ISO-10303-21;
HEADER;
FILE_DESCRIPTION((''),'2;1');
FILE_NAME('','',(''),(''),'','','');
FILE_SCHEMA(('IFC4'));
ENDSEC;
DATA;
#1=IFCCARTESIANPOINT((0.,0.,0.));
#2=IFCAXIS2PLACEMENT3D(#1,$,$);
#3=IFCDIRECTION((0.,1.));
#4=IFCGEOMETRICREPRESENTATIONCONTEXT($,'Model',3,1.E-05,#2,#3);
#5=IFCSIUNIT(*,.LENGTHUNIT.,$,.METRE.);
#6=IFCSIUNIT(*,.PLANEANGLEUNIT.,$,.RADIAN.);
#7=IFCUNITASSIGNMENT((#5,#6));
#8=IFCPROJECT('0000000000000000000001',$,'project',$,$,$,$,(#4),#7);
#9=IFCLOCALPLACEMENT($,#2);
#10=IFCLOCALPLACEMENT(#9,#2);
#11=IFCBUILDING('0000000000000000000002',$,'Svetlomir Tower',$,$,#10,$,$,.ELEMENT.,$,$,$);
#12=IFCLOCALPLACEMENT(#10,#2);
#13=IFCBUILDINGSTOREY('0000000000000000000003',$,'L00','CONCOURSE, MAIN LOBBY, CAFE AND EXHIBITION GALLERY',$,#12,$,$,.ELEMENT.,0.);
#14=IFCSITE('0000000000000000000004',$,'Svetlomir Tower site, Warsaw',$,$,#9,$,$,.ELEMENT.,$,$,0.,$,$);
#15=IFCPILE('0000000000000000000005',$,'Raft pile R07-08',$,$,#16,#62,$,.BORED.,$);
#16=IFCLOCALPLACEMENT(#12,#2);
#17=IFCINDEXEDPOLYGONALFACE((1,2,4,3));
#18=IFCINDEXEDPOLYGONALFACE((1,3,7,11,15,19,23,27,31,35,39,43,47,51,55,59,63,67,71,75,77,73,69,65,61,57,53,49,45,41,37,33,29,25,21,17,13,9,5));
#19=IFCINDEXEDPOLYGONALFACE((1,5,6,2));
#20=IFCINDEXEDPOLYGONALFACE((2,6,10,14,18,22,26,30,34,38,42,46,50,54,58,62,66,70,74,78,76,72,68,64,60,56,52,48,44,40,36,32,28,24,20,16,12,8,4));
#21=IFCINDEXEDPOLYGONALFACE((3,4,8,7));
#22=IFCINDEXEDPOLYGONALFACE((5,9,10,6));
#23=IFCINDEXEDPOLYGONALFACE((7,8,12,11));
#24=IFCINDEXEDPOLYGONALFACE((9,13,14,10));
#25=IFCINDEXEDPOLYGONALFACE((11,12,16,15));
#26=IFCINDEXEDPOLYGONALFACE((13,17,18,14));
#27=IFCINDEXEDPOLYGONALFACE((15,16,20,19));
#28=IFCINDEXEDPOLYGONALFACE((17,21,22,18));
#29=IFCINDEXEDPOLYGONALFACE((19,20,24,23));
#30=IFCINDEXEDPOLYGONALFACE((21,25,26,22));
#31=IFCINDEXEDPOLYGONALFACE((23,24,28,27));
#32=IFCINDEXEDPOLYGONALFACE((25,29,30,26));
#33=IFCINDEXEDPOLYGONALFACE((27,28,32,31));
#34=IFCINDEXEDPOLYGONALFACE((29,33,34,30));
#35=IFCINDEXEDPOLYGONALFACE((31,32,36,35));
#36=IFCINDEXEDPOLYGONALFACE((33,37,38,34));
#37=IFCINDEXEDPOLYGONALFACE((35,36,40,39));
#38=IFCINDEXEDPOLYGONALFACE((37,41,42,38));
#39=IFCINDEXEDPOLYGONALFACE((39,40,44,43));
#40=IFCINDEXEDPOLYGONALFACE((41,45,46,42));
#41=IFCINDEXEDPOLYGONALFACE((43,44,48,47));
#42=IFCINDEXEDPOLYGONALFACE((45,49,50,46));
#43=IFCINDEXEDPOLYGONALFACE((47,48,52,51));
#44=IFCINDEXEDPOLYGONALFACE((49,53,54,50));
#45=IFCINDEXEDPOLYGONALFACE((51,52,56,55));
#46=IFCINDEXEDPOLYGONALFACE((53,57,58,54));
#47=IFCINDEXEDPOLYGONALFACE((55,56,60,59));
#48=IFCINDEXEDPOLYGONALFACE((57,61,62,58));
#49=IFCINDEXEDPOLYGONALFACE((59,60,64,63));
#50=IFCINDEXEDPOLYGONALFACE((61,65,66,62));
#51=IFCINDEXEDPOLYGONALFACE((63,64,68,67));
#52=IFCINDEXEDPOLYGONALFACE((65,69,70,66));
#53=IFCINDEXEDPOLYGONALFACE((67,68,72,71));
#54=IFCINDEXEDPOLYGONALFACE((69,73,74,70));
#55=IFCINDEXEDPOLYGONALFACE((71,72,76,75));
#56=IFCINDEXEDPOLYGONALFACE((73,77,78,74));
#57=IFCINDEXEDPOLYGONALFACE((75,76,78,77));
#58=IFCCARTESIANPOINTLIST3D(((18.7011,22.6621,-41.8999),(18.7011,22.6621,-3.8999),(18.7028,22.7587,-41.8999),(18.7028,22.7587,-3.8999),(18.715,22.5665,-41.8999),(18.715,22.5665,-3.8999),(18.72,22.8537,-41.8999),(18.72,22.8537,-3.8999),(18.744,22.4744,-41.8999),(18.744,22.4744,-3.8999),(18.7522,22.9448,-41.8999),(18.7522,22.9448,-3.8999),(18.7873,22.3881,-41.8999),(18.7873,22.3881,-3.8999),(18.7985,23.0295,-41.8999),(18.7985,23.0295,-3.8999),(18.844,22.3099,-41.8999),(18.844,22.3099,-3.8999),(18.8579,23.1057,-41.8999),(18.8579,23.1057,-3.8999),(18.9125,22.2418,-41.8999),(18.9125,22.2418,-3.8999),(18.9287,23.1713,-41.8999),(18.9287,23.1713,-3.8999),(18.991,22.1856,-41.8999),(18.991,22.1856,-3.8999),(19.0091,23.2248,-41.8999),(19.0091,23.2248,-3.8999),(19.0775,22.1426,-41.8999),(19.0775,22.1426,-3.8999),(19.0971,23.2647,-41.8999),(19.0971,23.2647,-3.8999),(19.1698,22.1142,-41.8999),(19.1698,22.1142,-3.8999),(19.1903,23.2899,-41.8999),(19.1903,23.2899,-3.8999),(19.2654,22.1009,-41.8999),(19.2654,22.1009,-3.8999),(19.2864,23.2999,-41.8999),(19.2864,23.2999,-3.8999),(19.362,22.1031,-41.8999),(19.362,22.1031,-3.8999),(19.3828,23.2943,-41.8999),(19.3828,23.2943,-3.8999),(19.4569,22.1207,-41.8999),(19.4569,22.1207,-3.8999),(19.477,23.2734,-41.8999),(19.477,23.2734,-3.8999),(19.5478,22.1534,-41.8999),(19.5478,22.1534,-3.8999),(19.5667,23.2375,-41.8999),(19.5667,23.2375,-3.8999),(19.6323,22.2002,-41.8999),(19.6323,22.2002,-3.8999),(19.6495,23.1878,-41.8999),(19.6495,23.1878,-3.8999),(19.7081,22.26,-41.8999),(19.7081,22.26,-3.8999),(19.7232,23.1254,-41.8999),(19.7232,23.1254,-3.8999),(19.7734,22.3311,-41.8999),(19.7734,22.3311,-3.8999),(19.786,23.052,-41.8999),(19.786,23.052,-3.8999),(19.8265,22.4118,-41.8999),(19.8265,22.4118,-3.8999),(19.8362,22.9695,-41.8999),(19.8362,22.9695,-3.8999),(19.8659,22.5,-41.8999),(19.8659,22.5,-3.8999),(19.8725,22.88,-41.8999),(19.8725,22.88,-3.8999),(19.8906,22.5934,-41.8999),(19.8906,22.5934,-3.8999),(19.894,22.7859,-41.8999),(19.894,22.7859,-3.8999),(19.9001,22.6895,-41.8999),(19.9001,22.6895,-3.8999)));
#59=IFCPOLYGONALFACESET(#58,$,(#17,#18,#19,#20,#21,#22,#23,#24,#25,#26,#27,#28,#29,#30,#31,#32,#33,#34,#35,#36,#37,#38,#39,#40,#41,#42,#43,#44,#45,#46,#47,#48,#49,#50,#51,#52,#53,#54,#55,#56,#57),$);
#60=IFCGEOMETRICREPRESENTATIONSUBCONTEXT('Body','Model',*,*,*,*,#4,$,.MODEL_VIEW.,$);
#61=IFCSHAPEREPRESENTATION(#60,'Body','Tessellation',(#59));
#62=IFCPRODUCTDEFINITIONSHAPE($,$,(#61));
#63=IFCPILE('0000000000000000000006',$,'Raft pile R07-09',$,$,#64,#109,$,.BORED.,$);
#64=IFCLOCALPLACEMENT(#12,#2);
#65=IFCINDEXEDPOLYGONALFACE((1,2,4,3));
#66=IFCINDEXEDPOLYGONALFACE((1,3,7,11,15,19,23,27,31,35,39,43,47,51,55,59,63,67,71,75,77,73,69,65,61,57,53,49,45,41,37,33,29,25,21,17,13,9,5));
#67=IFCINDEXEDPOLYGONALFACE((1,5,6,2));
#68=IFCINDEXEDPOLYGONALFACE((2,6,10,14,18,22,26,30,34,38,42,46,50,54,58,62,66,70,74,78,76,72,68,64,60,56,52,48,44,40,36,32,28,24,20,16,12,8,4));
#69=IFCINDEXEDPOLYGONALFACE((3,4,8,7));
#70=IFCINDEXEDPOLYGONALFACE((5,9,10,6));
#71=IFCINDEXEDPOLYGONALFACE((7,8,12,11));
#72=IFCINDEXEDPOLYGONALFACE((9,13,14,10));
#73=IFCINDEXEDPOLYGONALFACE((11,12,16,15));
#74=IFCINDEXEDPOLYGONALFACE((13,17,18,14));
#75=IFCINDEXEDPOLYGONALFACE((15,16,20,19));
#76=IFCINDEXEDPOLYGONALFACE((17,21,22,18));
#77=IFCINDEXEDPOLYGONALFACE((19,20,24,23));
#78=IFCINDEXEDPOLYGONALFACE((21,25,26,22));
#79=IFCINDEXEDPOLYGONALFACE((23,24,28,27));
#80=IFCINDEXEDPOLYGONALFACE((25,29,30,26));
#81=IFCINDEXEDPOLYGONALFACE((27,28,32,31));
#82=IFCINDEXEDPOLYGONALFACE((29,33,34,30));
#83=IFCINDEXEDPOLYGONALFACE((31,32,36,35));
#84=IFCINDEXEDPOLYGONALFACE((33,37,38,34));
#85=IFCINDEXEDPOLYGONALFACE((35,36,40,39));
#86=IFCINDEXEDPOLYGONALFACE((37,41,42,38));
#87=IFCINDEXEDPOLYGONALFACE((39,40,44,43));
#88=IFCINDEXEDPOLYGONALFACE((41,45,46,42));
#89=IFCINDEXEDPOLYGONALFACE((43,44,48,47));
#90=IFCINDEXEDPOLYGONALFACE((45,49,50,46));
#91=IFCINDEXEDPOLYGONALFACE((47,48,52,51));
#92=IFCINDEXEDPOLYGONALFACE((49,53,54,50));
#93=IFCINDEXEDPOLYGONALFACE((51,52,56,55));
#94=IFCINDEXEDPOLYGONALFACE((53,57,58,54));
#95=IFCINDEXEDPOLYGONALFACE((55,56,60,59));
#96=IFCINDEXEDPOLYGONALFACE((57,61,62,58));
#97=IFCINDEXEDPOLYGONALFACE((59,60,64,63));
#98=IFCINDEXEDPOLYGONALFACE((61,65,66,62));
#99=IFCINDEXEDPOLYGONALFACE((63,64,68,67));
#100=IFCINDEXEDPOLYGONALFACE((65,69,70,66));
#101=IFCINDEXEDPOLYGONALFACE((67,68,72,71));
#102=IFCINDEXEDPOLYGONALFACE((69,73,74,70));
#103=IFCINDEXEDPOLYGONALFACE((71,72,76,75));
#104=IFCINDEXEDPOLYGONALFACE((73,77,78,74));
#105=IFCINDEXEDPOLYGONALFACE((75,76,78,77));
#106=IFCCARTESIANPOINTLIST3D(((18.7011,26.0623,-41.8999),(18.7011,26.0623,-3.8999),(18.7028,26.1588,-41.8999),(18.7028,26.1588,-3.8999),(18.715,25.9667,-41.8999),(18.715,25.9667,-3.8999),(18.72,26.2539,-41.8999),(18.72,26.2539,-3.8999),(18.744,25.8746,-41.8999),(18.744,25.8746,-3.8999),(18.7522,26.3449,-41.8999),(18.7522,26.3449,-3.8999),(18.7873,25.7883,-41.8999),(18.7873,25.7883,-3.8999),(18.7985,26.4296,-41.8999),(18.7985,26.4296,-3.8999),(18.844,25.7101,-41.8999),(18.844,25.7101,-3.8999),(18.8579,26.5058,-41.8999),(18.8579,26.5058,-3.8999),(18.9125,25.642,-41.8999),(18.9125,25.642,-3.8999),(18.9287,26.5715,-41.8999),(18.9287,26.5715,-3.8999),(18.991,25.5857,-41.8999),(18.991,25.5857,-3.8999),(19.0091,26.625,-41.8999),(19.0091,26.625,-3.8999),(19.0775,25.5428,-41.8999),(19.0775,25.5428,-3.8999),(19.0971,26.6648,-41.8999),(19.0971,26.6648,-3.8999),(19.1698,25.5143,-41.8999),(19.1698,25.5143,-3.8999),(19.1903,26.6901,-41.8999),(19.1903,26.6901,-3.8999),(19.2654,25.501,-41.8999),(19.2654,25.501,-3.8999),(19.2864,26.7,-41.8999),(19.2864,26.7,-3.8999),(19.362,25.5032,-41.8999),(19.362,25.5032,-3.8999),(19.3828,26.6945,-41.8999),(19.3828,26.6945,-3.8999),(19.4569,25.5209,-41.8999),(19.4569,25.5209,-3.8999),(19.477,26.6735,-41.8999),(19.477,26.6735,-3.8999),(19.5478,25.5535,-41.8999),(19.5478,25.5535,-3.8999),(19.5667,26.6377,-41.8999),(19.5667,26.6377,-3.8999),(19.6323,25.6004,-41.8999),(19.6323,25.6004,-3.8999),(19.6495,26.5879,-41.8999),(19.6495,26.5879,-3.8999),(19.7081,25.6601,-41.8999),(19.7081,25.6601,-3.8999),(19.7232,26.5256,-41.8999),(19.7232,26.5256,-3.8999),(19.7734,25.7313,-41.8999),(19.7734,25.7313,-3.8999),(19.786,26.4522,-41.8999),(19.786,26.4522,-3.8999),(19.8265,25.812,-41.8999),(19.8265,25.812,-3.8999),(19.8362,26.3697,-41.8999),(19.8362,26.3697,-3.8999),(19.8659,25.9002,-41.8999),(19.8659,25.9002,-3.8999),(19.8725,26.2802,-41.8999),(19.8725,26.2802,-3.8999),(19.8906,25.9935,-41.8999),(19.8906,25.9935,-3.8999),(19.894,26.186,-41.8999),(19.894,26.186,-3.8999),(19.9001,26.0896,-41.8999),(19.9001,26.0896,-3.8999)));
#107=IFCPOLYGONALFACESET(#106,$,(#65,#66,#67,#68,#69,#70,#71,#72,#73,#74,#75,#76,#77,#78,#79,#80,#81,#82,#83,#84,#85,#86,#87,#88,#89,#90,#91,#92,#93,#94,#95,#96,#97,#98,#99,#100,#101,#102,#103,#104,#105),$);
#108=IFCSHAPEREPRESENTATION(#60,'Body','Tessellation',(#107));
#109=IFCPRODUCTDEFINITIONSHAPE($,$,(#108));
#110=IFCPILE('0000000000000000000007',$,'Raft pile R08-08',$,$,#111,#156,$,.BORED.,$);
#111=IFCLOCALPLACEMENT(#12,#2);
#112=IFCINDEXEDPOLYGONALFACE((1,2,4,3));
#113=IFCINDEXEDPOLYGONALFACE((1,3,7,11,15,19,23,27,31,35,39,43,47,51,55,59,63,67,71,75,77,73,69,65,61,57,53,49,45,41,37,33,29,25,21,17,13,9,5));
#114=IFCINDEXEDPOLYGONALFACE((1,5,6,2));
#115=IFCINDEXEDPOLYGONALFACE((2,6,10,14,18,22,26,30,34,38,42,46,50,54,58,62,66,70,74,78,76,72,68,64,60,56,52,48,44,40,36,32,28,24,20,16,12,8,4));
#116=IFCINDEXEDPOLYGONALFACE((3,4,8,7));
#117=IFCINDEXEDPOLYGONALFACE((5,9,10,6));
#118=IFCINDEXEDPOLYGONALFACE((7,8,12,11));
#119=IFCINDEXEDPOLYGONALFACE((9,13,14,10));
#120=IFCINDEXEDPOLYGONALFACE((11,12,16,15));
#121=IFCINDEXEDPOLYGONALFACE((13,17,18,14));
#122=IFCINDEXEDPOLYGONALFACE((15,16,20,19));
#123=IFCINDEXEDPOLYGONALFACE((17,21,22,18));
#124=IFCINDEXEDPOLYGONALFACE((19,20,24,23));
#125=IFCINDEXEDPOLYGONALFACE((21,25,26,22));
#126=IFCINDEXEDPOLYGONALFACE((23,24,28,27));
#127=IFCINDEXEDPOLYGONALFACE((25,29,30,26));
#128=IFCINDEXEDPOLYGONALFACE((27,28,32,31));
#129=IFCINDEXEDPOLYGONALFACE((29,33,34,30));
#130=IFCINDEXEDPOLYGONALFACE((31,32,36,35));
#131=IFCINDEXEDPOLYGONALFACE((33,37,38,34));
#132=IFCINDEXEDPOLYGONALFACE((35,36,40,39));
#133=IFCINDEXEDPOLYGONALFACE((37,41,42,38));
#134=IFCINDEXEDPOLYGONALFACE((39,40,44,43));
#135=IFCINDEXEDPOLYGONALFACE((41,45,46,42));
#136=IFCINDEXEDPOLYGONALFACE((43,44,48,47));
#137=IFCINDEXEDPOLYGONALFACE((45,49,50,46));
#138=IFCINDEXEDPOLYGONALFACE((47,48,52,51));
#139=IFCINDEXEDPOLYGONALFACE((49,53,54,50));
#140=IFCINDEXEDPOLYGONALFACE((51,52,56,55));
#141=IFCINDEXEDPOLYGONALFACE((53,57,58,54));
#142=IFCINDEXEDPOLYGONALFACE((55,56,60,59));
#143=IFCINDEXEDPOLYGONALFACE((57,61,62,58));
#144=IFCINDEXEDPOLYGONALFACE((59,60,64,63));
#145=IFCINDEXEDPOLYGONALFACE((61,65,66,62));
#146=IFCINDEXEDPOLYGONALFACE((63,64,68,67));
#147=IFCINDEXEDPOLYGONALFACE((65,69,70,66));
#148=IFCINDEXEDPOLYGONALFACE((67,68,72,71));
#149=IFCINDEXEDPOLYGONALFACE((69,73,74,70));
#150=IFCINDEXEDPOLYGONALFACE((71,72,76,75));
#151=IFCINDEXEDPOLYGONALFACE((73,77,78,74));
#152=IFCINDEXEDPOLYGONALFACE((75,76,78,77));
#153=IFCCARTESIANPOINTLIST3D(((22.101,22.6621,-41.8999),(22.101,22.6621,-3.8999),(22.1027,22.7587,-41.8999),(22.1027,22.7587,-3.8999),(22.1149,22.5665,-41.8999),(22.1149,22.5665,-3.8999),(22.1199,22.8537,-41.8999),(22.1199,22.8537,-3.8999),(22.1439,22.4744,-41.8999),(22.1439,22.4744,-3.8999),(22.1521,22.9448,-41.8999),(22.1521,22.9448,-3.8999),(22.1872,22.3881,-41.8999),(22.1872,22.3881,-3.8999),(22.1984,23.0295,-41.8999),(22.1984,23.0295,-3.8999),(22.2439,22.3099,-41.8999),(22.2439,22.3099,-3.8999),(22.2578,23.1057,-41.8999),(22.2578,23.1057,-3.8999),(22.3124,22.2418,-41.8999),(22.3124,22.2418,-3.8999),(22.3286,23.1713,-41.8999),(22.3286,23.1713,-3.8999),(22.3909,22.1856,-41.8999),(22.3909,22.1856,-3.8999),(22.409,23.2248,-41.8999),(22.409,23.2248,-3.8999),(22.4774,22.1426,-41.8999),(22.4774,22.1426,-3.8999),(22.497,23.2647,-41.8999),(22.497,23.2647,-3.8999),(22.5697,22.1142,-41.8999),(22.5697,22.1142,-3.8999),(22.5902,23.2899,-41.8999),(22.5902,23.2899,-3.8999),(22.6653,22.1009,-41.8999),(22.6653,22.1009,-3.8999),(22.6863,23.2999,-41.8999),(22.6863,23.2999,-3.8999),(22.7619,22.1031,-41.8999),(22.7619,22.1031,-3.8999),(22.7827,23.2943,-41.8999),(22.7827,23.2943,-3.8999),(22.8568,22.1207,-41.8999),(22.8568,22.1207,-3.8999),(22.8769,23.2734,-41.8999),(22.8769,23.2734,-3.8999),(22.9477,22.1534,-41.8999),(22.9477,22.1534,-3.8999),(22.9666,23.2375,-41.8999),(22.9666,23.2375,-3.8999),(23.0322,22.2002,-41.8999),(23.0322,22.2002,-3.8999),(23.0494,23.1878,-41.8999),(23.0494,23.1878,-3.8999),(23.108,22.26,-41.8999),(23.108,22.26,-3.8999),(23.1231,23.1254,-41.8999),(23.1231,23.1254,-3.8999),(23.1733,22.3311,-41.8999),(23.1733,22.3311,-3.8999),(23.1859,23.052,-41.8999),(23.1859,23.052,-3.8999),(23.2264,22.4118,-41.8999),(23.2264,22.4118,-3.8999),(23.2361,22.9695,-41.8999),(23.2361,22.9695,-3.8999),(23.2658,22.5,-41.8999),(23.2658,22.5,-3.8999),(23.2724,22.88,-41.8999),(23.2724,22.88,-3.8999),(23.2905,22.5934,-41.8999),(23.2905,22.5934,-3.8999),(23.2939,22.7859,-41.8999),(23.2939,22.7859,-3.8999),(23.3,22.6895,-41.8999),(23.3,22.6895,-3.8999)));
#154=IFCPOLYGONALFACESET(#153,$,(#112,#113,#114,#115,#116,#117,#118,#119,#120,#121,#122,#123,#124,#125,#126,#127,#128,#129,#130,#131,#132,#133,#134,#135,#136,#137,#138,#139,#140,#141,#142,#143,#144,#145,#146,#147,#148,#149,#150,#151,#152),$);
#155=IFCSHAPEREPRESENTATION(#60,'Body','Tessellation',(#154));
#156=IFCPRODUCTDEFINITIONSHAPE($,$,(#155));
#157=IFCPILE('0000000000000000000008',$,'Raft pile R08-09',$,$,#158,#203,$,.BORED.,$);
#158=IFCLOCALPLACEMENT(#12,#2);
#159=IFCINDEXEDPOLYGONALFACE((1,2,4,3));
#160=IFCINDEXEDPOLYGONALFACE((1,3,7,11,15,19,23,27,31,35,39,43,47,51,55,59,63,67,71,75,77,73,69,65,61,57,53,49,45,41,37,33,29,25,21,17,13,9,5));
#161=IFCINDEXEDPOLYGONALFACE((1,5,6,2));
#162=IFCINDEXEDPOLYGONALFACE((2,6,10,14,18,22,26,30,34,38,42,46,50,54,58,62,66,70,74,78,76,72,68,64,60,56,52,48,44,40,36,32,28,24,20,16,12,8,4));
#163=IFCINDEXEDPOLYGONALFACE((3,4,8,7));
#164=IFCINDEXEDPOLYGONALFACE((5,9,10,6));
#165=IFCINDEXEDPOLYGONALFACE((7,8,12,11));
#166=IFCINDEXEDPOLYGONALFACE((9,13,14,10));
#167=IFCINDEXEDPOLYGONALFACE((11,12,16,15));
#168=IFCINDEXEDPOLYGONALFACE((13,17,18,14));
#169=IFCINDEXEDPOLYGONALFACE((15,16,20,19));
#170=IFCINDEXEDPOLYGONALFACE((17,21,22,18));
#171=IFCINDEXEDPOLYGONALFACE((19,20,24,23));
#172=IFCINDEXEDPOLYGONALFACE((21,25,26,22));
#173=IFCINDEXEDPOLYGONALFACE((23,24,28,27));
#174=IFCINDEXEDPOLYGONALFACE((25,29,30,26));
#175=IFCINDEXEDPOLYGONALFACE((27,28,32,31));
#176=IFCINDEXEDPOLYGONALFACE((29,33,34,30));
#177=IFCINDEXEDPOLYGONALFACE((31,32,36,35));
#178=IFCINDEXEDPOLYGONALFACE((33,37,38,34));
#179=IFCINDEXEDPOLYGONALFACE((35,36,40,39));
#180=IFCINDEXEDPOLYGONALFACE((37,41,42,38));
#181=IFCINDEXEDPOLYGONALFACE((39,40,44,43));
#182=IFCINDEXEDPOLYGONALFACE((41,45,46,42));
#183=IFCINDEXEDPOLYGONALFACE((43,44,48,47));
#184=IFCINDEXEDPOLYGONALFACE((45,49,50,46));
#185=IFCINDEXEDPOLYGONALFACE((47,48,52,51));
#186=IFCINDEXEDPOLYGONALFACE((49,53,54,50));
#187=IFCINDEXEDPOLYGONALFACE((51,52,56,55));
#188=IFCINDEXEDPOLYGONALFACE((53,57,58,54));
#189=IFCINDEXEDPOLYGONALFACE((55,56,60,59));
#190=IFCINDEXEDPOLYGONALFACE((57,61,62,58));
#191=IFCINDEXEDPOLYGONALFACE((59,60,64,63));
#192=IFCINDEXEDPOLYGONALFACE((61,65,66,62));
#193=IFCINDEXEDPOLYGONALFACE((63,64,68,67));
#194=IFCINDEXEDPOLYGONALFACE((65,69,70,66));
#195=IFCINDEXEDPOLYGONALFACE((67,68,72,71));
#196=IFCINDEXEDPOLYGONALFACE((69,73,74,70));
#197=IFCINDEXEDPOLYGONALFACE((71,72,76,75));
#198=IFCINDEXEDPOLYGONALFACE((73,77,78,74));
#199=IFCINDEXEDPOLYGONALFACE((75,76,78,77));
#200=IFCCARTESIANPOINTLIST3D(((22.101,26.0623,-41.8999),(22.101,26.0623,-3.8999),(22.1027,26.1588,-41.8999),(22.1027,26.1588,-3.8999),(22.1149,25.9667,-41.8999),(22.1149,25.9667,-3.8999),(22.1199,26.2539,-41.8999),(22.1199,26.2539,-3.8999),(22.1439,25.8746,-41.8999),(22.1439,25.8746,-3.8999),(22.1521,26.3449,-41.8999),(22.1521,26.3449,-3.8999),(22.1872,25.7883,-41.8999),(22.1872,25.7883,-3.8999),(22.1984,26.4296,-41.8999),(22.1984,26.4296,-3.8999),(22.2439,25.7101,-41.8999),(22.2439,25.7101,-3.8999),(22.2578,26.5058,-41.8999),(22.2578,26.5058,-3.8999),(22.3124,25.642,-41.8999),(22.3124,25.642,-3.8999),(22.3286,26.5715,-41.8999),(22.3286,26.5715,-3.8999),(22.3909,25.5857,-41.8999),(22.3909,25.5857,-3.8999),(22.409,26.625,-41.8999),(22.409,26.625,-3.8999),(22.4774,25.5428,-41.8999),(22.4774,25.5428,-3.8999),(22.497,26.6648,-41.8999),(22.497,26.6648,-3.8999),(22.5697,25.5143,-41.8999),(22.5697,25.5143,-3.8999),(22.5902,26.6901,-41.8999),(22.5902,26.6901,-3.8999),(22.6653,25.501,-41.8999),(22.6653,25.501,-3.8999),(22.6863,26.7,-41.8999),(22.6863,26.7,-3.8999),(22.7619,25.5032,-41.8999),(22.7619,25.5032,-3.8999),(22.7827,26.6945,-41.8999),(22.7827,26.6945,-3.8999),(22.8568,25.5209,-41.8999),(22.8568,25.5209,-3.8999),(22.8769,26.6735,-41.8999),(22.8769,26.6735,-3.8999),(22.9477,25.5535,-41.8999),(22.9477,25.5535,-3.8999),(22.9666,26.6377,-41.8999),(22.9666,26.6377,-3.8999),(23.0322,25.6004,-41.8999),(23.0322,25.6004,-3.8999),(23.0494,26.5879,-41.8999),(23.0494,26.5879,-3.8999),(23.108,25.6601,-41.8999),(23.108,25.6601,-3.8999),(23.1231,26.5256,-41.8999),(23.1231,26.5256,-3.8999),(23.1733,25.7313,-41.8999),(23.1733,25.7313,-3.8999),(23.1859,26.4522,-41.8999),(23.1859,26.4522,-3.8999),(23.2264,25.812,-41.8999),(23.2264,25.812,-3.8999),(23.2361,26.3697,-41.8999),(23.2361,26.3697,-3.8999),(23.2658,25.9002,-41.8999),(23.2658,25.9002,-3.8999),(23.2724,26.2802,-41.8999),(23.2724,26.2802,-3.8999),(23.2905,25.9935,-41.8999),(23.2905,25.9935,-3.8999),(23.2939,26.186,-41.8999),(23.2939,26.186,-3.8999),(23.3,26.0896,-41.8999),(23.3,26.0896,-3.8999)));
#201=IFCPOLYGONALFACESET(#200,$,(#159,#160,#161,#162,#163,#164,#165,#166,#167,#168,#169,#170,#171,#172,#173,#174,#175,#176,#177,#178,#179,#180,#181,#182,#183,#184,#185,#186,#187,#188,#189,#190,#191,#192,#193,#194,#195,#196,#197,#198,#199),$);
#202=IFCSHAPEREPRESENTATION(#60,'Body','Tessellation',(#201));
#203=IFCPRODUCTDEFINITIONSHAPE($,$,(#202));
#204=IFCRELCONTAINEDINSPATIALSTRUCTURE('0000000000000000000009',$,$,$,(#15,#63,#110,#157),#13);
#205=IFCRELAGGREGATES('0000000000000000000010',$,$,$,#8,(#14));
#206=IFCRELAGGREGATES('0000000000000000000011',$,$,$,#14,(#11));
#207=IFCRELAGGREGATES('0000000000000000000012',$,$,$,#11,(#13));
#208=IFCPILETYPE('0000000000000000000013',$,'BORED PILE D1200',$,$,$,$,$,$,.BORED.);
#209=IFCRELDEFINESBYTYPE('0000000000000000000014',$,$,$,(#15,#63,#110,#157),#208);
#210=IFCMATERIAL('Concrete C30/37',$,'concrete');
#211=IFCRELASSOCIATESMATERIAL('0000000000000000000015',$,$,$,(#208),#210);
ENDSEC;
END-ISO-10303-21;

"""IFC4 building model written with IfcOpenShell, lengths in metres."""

from ifc_helpers import new_model, si_unit, direction, frame, frame_2d, origin, origin_2d, place, context, subcontext, project, spatial, circle, extrude, material, material_profile, profile_set, type_object, element, save


model = new_model("IFC4")

# Units and contexts
model_context = context("Model", 3, precision=1e-05, world=origin(), true_north=direction((0.0, 1.0)))
body_context = subcontext(model_context, "Body", "Model", "MODEL_VIEW")
ifc_project = project(units=[si_unit("LENGTHUNIT", "METRE"), si_unit("PLANEANGLEUNIT", "RADIAN")], contexts=[model_context])

# Site, building, storey
site_placement = place(None, origin())
site = spatial("IfcSite", under=ifc_project, at=site_placement, Name="Svetlomir Tower site, Warsaw", CompositionType="ELEMENT", RefElevation=0.0)
building_placement = place(site_placement, origin())
building = spatial("IfcBuilding", under=site, at=building_placement, Name="Svetlomir Tower", CompositionType="ELEMENT")
storey_placement = place(building_placement, origin())
storey = spatial("IfcBuildingStorey", under=building, at=storey_placement, Name="L00", Description="CONCOURSE, MAIN LOBBY, CAFE AND EXHIBITION GALLERY", CompositionType="ELEMENT", Elevation=0.0)

# Piles
ifc_material_1 = material(Name="Concrete C30/37", Category="concrete")
ifc_material_profile = material_profile(ifc_material_1, circle(Radius=0.6001, at=origin_2d()), Name="D1200")
ifc_profile_set = profile_set([ifc_material_profile], Name="Concrete C30/37")
pile_type = type_object("IfcPileType", Name="BORED PILE D1200", PredefinedType="BORED", material=ifc_profile_set)
for number, where, z_axis, x_axis, name in (
    (1, (19.3, 22.7, -3.8999), (0.0, 0.0, -1.0), (1.0, 0.0, 0.0), "Raft pile R07-08"),
    (2, (19.3, 26.1001, -3.8999), (0.0, 0.0, -1.0), (1.0, 0.0, 0.0), "Raft pile R07-09"),
    (3, (22.7, 22.7, -3.8999), (0.0, 0.0, -1.0), (1.0, 0.0, 0.0), "Raft pile R08-08"),
    (4, (22.7, 26.1001, -3.8999), (0.0, 0.0, -1.0), (1.0, 0.0, 0.0), "Raft pile R08-09"),
):
    element("IfcPile", number, at=place(storey_placement, frame(where, z_axis=z_axis, x_axis=x_axis)), inside=storey, type_object=pile_type, Name=name, PredefinedType="BORED", context=body_context, shape_type="SweptSolid", body=[
        extrude(circle(Radius=0.6001, at=frame_2d((0.0, 0.0), x_axis=(0.999848, 0.017452))), origin(), (0.0, 0.0, 1.0), 38.0),
    ])

save(model, "model.ifc")
